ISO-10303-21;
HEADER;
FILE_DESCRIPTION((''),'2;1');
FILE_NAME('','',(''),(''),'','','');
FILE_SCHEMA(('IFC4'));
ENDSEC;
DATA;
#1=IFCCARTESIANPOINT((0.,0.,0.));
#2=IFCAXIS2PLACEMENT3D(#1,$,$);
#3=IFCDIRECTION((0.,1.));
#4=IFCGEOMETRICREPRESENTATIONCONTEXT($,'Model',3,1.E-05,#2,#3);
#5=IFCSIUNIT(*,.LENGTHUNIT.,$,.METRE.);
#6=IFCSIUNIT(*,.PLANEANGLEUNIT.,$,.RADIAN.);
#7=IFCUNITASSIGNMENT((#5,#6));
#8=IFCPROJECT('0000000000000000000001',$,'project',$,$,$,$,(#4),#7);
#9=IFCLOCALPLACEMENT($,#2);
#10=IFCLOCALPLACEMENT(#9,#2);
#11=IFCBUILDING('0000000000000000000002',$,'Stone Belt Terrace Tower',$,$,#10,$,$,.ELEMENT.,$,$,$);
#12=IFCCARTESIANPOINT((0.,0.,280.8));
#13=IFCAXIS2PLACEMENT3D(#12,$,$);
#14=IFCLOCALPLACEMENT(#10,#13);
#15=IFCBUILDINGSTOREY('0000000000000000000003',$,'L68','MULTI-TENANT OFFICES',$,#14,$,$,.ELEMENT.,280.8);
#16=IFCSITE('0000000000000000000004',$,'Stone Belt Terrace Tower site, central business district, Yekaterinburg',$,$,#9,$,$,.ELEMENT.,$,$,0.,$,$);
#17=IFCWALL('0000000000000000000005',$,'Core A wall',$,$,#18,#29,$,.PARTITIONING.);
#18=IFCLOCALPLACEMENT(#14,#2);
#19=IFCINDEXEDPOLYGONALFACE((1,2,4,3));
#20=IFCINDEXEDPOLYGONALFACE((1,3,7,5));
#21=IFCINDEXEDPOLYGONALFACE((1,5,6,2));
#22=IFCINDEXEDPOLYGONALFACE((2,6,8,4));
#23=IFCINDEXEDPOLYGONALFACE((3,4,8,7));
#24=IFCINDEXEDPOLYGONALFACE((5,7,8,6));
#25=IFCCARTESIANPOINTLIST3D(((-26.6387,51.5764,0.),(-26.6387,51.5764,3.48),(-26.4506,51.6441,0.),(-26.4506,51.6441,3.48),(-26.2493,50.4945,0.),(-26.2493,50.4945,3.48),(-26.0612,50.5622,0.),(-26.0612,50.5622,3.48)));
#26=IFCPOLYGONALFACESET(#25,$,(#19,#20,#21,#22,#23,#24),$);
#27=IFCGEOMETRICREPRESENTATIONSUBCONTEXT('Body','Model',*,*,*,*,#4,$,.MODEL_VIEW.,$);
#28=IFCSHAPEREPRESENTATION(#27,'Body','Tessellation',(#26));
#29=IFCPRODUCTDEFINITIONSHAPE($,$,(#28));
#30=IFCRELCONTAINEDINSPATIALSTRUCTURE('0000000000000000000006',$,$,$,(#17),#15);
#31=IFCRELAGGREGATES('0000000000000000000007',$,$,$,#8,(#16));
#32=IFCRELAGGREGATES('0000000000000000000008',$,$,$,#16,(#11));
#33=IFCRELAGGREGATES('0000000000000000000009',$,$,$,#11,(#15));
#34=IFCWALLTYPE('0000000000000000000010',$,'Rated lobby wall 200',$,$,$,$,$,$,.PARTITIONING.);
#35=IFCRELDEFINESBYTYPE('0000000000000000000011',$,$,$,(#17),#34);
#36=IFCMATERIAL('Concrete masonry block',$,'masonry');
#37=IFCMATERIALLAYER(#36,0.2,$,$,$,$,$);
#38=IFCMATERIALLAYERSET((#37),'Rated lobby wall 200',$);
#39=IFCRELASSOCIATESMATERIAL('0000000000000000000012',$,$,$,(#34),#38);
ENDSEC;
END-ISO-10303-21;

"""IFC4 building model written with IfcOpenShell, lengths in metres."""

from ifc_helpers import new_model, si_unit, direction, frame, frame_2d, origin, place, context, subcontext, project, spatial, rectangle, extrude, material, layer, layer_set, type_object, element, save


model = new_model("IFC4")

# Units and contexts
model_context = context("Model", 3, precision=1e-05, world=origin(), true_north=direction((0.0, 1.0)))
body_context = subcontext(model_context, "Body", "Model", "MODEL_VIEW")
ifc_project = project(units=[si_unit("LENGTHUNIT", "METRE"), si_unit("PLANEANGLEUNIT", "RADIAN")], contexts=[model_context])

# Site, building, storey
site_placement = place(None, origin())
site = spatial("IfcSite", under=ifc_project, at=site_placement, Name="Stone Belt Terrace Tower site, central business district, Yekaterinburg", CompositionType="ELEMENT", RefElevation=0.0)
building_placement = place(site_placement, origin())
building = spatial("IfcBuilding", under=site, at=building_placement, Name="Stone Belt Terrace Tower", CompositionType="ELEMENT")
storey_placement = place(building_placement, frame((0.0, 0.0, 280.8)))
storey = spatial("IfcBuildingStorey", under=building, at=storey_placement, Name="L68", Description="MULTI-TENANT OFFICES", CompositionType="ELEMENT", Elevation=280.8)

# Wall
ifc_material_1 = material(Name="Concrete masonry block", Category="masonry")
ifc_layer_1 = layer(ifc_material_1, 0.2)
ifc_layer_set_1 = layer_set([ifc_layer_1], Name="Rated lobby wall 200")
wall_type_1 = type_object("IfcWallType", Name="Rated lobby wall 200", PredefinedType="PARTITIONING", material=ifc_layer_set_1)
wall_1_placement = place(storey_placement, frame((-26.1553, 50.5283, 0.0), z_axis=(0.0, 0.0, 1.0), x_axis=(-0.338622, 0.940923, 0.0)))
element("IfcWall", 1, at=wall_1_placement, inside=storey, type_object=wall_type_1, Name="Core A wall", PredefinedType="PARTITIONING", context=body_context, shape_type="SweptSolid", body=[
    extrude(rectangle(XDim=1.1499, YDim=0.2, at=frame_2d((0.575, 0.0))), origin(), (0.0, 0.0, 1.0), 3.48),
])

save(model, "model.ifc")
